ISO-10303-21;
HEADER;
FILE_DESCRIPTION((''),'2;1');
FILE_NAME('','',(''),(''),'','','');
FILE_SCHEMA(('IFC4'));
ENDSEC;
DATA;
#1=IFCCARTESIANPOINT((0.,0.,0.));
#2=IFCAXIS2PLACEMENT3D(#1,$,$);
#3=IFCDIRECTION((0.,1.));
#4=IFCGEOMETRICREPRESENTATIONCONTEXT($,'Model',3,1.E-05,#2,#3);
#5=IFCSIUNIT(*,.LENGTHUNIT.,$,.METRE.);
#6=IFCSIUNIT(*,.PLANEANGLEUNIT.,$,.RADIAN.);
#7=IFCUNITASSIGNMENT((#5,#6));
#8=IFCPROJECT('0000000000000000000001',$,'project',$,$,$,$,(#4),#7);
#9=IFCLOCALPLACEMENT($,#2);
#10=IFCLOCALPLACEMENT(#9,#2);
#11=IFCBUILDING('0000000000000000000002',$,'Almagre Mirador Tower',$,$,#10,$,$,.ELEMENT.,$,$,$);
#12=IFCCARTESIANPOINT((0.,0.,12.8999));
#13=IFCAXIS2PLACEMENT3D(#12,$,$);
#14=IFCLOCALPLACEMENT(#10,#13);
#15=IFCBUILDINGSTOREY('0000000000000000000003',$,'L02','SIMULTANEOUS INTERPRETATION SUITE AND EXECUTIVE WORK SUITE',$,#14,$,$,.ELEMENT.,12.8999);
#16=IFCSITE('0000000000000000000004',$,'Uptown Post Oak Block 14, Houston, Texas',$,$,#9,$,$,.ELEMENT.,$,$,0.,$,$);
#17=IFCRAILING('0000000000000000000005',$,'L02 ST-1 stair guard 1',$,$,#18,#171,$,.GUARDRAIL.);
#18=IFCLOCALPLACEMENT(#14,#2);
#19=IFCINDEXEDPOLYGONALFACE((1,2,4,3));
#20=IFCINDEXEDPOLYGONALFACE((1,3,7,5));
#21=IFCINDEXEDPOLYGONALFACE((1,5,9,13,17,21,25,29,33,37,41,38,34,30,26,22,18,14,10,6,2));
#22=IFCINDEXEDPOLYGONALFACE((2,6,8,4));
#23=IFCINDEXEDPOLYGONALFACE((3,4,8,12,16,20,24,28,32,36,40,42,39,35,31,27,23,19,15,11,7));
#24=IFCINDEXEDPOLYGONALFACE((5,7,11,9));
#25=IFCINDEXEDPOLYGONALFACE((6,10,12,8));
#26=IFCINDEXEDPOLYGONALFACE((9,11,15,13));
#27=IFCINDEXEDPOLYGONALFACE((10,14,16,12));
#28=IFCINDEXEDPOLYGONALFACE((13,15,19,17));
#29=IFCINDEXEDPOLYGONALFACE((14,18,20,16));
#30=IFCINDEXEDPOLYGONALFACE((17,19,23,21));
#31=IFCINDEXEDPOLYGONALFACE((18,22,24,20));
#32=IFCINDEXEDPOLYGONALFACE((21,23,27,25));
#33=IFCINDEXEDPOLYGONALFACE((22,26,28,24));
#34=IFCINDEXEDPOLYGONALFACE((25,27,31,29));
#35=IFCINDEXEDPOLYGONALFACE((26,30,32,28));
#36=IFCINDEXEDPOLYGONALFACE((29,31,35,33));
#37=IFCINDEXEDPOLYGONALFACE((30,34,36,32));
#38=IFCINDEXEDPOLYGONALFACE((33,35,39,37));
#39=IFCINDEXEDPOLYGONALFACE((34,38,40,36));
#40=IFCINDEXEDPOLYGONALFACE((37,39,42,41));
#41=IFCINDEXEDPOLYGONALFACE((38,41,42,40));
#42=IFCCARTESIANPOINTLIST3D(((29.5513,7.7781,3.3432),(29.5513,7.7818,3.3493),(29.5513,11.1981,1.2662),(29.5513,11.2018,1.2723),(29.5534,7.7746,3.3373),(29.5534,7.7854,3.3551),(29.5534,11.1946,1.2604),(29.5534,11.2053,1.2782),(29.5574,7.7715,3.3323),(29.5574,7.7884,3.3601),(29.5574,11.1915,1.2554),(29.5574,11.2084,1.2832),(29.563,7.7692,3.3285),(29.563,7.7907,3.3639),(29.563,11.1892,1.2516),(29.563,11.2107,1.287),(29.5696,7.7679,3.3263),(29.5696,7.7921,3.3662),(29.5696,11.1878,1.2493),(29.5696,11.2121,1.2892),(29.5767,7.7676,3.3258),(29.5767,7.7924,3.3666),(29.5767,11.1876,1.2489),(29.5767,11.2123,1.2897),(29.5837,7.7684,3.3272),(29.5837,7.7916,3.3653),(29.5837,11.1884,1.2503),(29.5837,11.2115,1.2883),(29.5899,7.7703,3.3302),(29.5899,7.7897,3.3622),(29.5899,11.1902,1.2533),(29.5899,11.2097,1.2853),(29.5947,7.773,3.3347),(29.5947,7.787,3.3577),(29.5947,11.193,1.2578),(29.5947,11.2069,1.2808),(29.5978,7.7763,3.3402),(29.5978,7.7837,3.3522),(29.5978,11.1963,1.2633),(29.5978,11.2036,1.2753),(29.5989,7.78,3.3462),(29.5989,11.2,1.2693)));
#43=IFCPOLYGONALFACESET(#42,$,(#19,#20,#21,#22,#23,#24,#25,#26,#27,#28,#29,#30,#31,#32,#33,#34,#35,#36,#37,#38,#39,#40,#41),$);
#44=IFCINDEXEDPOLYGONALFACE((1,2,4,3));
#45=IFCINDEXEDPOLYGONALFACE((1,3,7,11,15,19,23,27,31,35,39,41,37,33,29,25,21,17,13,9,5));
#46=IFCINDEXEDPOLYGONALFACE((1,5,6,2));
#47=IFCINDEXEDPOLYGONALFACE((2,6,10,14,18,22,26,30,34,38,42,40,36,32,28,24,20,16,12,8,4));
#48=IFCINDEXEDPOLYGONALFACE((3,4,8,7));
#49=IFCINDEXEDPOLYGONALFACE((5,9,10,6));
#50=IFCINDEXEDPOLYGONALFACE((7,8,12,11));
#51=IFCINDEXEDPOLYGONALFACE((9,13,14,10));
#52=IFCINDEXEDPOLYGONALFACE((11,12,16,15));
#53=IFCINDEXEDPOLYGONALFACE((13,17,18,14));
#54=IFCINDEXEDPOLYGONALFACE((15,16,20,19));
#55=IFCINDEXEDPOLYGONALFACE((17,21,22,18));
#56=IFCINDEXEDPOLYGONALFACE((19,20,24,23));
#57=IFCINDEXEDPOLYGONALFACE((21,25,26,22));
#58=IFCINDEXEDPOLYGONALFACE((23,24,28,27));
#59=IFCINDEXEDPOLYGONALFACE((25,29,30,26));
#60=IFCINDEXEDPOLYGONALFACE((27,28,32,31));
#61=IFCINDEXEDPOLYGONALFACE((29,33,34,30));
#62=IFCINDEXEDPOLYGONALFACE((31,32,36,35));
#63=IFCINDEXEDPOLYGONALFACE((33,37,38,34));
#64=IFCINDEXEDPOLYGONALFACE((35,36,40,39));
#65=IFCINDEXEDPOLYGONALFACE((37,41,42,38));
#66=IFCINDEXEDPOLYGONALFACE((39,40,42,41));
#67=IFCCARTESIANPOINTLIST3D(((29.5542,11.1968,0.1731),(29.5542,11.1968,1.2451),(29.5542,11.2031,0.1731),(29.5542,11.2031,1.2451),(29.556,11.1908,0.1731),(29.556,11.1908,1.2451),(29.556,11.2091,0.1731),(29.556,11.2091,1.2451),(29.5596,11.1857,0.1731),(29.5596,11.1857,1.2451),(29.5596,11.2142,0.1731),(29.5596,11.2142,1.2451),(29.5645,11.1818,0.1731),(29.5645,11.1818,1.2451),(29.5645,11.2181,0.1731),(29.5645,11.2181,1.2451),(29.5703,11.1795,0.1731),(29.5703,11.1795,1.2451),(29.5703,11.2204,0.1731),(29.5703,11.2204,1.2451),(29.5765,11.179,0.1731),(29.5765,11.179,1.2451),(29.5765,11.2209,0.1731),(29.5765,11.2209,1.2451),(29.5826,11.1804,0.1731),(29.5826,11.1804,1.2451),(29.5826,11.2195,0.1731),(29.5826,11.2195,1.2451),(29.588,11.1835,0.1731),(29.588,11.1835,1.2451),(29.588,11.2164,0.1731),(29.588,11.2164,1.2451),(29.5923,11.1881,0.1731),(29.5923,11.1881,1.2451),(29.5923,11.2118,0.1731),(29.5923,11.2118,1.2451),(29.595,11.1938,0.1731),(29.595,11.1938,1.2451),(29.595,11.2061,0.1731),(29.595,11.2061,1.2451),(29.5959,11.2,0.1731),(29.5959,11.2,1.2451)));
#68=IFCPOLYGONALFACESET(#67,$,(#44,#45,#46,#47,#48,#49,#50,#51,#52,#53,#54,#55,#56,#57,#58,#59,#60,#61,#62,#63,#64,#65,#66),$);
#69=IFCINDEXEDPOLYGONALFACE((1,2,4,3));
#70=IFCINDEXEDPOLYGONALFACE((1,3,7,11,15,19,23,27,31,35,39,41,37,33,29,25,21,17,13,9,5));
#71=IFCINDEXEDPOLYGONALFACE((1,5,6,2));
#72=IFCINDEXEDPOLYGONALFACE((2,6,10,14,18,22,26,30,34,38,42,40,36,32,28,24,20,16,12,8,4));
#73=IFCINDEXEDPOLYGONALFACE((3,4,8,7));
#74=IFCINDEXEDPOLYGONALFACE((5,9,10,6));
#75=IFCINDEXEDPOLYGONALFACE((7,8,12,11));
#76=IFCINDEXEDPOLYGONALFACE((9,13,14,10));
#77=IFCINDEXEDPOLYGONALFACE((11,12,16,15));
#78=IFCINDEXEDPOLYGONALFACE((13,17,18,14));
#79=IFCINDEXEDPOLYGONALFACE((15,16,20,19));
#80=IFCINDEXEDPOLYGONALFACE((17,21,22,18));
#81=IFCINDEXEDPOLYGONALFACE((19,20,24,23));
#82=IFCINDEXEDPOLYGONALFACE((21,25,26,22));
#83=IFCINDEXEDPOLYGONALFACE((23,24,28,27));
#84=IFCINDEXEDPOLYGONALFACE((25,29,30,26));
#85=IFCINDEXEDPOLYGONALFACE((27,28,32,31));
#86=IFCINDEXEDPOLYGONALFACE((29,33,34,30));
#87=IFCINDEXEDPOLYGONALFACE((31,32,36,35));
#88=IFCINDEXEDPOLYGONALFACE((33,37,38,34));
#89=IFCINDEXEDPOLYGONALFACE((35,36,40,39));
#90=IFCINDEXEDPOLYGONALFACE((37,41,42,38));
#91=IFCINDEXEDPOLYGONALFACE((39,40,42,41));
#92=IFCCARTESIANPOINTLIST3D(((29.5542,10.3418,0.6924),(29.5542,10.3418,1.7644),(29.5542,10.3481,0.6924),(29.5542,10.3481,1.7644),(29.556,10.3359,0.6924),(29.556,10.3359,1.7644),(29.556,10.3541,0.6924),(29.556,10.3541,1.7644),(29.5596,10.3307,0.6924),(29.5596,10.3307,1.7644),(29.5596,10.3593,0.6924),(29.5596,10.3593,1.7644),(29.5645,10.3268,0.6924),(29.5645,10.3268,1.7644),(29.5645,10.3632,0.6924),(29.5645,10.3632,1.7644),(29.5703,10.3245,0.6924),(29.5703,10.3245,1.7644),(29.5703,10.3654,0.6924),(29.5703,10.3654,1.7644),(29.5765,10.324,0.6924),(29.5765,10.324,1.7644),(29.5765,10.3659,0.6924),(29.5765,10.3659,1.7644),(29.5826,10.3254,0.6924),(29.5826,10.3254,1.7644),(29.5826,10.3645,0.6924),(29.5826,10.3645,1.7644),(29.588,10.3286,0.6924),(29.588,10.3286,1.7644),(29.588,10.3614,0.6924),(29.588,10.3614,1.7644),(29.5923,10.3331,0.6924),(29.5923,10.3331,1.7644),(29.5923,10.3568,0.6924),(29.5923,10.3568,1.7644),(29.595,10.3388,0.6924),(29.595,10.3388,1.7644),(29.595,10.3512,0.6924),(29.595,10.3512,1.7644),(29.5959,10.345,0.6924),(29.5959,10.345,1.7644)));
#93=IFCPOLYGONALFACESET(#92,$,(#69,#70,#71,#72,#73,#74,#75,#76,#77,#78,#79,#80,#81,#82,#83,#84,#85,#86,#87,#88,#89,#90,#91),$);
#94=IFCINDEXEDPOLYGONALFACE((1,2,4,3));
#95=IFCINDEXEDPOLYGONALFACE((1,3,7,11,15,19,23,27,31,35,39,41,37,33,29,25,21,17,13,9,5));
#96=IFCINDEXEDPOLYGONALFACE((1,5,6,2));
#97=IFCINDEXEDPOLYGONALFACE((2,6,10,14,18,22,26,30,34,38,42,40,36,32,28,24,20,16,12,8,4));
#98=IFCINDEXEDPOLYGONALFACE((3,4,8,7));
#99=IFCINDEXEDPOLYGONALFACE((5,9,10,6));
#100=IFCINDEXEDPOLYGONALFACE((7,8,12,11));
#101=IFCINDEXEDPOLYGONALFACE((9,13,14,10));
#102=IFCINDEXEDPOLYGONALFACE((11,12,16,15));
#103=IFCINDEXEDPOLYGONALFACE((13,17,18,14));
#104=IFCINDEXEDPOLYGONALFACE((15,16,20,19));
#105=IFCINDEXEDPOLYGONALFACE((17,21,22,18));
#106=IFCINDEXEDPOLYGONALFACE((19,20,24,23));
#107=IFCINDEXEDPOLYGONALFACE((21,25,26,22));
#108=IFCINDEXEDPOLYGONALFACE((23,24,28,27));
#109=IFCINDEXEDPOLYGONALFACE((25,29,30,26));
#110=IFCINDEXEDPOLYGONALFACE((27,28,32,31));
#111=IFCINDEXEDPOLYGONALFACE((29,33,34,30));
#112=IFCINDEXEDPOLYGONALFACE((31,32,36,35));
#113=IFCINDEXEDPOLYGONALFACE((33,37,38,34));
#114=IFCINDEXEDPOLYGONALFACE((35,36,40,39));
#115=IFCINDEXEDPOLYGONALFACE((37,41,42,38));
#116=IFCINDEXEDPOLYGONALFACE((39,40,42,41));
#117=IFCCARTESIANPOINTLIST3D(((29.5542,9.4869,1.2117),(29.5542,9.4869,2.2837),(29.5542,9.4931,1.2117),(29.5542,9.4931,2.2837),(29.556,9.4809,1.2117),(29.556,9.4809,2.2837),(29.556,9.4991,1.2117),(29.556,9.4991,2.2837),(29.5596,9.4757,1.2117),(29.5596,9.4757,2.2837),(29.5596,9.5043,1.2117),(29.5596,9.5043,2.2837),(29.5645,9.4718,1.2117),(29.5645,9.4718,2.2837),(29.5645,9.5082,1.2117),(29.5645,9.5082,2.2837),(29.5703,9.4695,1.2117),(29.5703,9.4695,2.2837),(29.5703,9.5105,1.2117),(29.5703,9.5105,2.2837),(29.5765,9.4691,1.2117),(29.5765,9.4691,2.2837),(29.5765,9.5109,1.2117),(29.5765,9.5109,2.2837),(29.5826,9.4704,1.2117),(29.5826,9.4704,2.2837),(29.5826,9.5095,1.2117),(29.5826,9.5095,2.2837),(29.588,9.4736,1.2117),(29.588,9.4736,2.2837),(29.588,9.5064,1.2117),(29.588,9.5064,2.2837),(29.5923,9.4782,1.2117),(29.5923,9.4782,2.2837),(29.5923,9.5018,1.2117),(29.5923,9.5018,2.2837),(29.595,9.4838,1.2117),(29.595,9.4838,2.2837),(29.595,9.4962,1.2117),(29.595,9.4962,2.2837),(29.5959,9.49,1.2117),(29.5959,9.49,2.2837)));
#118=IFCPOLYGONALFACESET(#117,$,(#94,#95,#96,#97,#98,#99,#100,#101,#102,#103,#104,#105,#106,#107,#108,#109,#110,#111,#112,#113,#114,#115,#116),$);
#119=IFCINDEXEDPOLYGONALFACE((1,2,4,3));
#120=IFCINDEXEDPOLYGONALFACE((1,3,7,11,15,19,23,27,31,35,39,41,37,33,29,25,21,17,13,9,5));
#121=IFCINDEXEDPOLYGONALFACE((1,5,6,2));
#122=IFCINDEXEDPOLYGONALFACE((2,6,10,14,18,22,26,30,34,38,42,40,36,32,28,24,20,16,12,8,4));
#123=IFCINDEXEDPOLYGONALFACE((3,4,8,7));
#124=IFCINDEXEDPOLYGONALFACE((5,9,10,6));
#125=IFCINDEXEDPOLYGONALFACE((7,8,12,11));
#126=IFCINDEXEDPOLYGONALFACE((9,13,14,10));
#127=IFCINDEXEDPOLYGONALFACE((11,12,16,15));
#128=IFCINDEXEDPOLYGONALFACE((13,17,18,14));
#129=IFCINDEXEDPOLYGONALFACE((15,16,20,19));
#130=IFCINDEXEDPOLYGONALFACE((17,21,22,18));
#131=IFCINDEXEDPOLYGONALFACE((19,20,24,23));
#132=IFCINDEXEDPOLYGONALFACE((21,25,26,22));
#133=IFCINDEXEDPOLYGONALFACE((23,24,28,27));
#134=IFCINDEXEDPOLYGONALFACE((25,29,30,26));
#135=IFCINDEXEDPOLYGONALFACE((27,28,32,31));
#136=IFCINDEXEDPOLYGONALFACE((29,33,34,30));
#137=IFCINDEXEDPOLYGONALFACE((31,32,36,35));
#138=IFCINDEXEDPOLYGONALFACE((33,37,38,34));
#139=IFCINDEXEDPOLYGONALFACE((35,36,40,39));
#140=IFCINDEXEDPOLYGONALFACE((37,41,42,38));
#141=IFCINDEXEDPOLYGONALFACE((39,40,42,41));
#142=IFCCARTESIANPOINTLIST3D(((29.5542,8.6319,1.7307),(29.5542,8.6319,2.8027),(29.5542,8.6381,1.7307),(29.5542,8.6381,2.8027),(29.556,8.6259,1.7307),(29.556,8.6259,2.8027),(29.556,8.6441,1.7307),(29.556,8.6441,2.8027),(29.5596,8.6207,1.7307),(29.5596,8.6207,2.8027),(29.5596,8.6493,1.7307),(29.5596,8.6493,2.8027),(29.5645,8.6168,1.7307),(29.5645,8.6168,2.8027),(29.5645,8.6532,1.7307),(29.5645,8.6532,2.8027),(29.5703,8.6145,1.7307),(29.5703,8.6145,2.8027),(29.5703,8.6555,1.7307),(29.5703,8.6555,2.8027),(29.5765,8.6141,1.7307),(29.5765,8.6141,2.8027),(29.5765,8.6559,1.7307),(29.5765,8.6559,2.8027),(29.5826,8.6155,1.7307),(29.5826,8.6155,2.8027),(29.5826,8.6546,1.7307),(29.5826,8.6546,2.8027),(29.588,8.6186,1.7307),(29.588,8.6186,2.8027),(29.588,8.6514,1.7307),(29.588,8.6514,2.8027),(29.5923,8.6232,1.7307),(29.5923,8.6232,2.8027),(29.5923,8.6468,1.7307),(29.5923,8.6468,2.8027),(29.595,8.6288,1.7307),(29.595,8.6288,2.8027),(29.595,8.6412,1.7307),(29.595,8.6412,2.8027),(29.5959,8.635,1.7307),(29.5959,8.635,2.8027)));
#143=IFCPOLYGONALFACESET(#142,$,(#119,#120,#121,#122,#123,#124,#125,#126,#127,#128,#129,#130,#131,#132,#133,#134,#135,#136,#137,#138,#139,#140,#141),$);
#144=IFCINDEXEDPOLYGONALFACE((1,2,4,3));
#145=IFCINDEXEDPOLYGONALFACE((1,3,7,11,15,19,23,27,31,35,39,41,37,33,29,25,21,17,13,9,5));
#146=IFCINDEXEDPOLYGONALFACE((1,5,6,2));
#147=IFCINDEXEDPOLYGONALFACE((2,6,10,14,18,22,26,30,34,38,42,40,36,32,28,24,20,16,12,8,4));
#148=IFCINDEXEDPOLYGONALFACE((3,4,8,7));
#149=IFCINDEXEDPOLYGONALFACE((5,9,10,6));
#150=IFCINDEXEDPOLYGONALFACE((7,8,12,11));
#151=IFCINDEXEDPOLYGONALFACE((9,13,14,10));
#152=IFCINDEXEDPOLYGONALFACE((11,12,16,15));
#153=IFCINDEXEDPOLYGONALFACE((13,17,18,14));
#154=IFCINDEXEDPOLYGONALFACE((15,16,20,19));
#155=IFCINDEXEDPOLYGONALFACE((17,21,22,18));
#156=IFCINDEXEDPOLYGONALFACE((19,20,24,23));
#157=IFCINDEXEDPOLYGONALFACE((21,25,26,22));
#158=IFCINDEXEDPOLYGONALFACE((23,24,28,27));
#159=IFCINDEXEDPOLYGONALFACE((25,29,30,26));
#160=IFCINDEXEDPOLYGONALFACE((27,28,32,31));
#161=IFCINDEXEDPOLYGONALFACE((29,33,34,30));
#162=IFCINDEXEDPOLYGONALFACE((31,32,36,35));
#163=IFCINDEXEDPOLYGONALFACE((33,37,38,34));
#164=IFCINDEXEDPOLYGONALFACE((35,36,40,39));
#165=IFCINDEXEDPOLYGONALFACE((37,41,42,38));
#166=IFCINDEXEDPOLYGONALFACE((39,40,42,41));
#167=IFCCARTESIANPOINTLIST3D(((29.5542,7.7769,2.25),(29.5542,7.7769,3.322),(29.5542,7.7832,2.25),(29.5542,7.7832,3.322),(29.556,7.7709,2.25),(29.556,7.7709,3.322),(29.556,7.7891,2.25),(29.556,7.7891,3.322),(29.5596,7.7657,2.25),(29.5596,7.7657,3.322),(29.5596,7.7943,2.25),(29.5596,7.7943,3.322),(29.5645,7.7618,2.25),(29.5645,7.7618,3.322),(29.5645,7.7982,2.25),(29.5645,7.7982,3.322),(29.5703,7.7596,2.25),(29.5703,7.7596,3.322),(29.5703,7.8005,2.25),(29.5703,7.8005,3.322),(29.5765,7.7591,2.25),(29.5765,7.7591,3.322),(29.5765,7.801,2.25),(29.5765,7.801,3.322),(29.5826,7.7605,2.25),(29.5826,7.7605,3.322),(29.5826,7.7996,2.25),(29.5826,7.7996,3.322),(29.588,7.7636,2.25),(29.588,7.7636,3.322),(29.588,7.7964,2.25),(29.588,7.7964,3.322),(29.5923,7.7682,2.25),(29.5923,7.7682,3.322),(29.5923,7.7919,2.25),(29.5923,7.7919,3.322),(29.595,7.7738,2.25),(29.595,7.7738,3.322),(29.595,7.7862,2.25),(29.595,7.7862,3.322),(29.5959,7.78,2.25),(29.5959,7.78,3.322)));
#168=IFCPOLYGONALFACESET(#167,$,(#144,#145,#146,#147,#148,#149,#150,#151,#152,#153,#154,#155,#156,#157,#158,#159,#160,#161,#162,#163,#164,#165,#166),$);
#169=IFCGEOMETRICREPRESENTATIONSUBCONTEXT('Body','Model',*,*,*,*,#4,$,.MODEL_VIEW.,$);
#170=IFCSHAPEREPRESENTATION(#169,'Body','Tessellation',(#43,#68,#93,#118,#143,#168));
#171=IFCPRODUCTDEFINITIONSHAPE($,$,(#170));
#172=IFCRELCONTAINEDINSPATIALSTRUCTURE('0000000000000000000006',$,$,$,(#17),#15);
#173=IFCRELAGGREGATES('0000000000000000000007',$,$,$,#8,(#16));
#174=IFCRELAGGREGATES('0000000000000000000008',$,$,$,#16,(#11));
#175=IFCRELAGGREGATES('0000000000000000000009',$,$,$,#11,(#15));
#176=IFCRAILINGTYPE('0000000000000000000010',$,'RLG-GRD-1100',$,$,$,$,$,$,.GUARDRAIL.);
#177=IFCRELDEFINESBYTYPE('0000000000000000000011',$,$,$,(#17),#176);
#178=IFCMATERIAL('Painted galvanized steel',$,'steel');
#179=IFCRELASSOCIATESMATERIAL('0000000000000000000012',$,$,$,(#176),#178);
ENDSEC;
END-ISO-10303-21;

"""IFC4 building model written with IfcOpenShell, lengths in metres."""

from ifc_helpers import new_model, si_unit, direction, frame, origin, origin_2d, place, context, subcontext, project, spatial, circle, extrude, material, type_object, element, save


model = new_model("IFC4")

# Units and contexts
model_context = context("Model", 3, precision=1e-05, world=origin(), true_north=direction((0.0, 1.0)))
body_context = subcontext(model_context, "Body", "Model", "MODEL_VIEW")
ifc_project = project(units=[si_unit("LENGTHUNIT", "METRE"), si_unit("PLANEANGLEUNIT", "RADIAN")], contexts=[model_context])

# Site, building, storey
site_placement = place(None, origin())
site = spatial("IfcSite", under=ifc_project, at=site_placement, Name="Uptown Post Oak Block 14, Houston, Texas", CompositionType="ELEMENT", RefElevation=0.0)
building_placement = place(site_placement, origin())
building = spatial("IfcBuilding", under=site, at=building_placement, Name="Almagre Mirador Tower", CompositionType="ELEMENT")
storey_placement = place(building_placement, frame((0.0, 0.0, 12.8999)))
storey = spatial("IfcBuildingStorey", under=building, at=storey_placement, Name="L02", Description="SIMULTANEOUS INTERPRETATION SUITE AND EXECUTIVE WORK SUITE", CompositionType="ELEMENT", Elevation=12.8999)

# Railing
ifc_material_1 = material(Name="Painted galvanized steel", Category="steel")
railing_type_1 = type_object("IfcRailingType", Name="RLG-GRD-1100", PredefinedType="GUARDRAIL", material=ifc_material_1)
railing_1_placement = place(storey_placement, frame((29.575, 11.2, 0.1731)))
element("IfcRailing", 1, at=railing_1_placement, inside=storey, type_object=railing_type_1, Name="L02 ST-1 stair guard 1", PredefinedType="GUARDRAIL", context=body_context, shape_type="SweptSolid", body=[
    extrude(circle(Radius=0.0239, at=origin_2d()), frame((0.0, 0.0, 1.0962), z_axis=(0.0, -0.85473, 0.519074), x_axis=(1.0, 0.0, 0.0)), (0.0, 0.0, 1.0), 4.0012),
    extrude(circle(Radius=0.021, at=origin_2d()), origin(), (0.0, 0.0, 1.0), 1.072),
    extrude(circle(Radius=0.021, at=origin_2d()), frame((0.0, -0.855, 0.5193)), (0.0, 0.0, 1.0), 1.072),
    extrude(circle(Radius=0.021, at=origin_2d()), frame((0.0, -1.71, 1.0386)), (0.0, 0.0, 1.0), 1.072),
    extrude(circle(Radius=0.021, at=origin_2d()), frame((0.0, -2.5649, 1.5576)), (0.0, 0.0, 1.0), 1.072),
    extrude(circle(Radius=0.021, at=origin_2d()), frame((0.0, -3.4199, 2.0769)), (0.0, 0.0, 1.0), 1.072),
])

save(model, "model.ifc")
